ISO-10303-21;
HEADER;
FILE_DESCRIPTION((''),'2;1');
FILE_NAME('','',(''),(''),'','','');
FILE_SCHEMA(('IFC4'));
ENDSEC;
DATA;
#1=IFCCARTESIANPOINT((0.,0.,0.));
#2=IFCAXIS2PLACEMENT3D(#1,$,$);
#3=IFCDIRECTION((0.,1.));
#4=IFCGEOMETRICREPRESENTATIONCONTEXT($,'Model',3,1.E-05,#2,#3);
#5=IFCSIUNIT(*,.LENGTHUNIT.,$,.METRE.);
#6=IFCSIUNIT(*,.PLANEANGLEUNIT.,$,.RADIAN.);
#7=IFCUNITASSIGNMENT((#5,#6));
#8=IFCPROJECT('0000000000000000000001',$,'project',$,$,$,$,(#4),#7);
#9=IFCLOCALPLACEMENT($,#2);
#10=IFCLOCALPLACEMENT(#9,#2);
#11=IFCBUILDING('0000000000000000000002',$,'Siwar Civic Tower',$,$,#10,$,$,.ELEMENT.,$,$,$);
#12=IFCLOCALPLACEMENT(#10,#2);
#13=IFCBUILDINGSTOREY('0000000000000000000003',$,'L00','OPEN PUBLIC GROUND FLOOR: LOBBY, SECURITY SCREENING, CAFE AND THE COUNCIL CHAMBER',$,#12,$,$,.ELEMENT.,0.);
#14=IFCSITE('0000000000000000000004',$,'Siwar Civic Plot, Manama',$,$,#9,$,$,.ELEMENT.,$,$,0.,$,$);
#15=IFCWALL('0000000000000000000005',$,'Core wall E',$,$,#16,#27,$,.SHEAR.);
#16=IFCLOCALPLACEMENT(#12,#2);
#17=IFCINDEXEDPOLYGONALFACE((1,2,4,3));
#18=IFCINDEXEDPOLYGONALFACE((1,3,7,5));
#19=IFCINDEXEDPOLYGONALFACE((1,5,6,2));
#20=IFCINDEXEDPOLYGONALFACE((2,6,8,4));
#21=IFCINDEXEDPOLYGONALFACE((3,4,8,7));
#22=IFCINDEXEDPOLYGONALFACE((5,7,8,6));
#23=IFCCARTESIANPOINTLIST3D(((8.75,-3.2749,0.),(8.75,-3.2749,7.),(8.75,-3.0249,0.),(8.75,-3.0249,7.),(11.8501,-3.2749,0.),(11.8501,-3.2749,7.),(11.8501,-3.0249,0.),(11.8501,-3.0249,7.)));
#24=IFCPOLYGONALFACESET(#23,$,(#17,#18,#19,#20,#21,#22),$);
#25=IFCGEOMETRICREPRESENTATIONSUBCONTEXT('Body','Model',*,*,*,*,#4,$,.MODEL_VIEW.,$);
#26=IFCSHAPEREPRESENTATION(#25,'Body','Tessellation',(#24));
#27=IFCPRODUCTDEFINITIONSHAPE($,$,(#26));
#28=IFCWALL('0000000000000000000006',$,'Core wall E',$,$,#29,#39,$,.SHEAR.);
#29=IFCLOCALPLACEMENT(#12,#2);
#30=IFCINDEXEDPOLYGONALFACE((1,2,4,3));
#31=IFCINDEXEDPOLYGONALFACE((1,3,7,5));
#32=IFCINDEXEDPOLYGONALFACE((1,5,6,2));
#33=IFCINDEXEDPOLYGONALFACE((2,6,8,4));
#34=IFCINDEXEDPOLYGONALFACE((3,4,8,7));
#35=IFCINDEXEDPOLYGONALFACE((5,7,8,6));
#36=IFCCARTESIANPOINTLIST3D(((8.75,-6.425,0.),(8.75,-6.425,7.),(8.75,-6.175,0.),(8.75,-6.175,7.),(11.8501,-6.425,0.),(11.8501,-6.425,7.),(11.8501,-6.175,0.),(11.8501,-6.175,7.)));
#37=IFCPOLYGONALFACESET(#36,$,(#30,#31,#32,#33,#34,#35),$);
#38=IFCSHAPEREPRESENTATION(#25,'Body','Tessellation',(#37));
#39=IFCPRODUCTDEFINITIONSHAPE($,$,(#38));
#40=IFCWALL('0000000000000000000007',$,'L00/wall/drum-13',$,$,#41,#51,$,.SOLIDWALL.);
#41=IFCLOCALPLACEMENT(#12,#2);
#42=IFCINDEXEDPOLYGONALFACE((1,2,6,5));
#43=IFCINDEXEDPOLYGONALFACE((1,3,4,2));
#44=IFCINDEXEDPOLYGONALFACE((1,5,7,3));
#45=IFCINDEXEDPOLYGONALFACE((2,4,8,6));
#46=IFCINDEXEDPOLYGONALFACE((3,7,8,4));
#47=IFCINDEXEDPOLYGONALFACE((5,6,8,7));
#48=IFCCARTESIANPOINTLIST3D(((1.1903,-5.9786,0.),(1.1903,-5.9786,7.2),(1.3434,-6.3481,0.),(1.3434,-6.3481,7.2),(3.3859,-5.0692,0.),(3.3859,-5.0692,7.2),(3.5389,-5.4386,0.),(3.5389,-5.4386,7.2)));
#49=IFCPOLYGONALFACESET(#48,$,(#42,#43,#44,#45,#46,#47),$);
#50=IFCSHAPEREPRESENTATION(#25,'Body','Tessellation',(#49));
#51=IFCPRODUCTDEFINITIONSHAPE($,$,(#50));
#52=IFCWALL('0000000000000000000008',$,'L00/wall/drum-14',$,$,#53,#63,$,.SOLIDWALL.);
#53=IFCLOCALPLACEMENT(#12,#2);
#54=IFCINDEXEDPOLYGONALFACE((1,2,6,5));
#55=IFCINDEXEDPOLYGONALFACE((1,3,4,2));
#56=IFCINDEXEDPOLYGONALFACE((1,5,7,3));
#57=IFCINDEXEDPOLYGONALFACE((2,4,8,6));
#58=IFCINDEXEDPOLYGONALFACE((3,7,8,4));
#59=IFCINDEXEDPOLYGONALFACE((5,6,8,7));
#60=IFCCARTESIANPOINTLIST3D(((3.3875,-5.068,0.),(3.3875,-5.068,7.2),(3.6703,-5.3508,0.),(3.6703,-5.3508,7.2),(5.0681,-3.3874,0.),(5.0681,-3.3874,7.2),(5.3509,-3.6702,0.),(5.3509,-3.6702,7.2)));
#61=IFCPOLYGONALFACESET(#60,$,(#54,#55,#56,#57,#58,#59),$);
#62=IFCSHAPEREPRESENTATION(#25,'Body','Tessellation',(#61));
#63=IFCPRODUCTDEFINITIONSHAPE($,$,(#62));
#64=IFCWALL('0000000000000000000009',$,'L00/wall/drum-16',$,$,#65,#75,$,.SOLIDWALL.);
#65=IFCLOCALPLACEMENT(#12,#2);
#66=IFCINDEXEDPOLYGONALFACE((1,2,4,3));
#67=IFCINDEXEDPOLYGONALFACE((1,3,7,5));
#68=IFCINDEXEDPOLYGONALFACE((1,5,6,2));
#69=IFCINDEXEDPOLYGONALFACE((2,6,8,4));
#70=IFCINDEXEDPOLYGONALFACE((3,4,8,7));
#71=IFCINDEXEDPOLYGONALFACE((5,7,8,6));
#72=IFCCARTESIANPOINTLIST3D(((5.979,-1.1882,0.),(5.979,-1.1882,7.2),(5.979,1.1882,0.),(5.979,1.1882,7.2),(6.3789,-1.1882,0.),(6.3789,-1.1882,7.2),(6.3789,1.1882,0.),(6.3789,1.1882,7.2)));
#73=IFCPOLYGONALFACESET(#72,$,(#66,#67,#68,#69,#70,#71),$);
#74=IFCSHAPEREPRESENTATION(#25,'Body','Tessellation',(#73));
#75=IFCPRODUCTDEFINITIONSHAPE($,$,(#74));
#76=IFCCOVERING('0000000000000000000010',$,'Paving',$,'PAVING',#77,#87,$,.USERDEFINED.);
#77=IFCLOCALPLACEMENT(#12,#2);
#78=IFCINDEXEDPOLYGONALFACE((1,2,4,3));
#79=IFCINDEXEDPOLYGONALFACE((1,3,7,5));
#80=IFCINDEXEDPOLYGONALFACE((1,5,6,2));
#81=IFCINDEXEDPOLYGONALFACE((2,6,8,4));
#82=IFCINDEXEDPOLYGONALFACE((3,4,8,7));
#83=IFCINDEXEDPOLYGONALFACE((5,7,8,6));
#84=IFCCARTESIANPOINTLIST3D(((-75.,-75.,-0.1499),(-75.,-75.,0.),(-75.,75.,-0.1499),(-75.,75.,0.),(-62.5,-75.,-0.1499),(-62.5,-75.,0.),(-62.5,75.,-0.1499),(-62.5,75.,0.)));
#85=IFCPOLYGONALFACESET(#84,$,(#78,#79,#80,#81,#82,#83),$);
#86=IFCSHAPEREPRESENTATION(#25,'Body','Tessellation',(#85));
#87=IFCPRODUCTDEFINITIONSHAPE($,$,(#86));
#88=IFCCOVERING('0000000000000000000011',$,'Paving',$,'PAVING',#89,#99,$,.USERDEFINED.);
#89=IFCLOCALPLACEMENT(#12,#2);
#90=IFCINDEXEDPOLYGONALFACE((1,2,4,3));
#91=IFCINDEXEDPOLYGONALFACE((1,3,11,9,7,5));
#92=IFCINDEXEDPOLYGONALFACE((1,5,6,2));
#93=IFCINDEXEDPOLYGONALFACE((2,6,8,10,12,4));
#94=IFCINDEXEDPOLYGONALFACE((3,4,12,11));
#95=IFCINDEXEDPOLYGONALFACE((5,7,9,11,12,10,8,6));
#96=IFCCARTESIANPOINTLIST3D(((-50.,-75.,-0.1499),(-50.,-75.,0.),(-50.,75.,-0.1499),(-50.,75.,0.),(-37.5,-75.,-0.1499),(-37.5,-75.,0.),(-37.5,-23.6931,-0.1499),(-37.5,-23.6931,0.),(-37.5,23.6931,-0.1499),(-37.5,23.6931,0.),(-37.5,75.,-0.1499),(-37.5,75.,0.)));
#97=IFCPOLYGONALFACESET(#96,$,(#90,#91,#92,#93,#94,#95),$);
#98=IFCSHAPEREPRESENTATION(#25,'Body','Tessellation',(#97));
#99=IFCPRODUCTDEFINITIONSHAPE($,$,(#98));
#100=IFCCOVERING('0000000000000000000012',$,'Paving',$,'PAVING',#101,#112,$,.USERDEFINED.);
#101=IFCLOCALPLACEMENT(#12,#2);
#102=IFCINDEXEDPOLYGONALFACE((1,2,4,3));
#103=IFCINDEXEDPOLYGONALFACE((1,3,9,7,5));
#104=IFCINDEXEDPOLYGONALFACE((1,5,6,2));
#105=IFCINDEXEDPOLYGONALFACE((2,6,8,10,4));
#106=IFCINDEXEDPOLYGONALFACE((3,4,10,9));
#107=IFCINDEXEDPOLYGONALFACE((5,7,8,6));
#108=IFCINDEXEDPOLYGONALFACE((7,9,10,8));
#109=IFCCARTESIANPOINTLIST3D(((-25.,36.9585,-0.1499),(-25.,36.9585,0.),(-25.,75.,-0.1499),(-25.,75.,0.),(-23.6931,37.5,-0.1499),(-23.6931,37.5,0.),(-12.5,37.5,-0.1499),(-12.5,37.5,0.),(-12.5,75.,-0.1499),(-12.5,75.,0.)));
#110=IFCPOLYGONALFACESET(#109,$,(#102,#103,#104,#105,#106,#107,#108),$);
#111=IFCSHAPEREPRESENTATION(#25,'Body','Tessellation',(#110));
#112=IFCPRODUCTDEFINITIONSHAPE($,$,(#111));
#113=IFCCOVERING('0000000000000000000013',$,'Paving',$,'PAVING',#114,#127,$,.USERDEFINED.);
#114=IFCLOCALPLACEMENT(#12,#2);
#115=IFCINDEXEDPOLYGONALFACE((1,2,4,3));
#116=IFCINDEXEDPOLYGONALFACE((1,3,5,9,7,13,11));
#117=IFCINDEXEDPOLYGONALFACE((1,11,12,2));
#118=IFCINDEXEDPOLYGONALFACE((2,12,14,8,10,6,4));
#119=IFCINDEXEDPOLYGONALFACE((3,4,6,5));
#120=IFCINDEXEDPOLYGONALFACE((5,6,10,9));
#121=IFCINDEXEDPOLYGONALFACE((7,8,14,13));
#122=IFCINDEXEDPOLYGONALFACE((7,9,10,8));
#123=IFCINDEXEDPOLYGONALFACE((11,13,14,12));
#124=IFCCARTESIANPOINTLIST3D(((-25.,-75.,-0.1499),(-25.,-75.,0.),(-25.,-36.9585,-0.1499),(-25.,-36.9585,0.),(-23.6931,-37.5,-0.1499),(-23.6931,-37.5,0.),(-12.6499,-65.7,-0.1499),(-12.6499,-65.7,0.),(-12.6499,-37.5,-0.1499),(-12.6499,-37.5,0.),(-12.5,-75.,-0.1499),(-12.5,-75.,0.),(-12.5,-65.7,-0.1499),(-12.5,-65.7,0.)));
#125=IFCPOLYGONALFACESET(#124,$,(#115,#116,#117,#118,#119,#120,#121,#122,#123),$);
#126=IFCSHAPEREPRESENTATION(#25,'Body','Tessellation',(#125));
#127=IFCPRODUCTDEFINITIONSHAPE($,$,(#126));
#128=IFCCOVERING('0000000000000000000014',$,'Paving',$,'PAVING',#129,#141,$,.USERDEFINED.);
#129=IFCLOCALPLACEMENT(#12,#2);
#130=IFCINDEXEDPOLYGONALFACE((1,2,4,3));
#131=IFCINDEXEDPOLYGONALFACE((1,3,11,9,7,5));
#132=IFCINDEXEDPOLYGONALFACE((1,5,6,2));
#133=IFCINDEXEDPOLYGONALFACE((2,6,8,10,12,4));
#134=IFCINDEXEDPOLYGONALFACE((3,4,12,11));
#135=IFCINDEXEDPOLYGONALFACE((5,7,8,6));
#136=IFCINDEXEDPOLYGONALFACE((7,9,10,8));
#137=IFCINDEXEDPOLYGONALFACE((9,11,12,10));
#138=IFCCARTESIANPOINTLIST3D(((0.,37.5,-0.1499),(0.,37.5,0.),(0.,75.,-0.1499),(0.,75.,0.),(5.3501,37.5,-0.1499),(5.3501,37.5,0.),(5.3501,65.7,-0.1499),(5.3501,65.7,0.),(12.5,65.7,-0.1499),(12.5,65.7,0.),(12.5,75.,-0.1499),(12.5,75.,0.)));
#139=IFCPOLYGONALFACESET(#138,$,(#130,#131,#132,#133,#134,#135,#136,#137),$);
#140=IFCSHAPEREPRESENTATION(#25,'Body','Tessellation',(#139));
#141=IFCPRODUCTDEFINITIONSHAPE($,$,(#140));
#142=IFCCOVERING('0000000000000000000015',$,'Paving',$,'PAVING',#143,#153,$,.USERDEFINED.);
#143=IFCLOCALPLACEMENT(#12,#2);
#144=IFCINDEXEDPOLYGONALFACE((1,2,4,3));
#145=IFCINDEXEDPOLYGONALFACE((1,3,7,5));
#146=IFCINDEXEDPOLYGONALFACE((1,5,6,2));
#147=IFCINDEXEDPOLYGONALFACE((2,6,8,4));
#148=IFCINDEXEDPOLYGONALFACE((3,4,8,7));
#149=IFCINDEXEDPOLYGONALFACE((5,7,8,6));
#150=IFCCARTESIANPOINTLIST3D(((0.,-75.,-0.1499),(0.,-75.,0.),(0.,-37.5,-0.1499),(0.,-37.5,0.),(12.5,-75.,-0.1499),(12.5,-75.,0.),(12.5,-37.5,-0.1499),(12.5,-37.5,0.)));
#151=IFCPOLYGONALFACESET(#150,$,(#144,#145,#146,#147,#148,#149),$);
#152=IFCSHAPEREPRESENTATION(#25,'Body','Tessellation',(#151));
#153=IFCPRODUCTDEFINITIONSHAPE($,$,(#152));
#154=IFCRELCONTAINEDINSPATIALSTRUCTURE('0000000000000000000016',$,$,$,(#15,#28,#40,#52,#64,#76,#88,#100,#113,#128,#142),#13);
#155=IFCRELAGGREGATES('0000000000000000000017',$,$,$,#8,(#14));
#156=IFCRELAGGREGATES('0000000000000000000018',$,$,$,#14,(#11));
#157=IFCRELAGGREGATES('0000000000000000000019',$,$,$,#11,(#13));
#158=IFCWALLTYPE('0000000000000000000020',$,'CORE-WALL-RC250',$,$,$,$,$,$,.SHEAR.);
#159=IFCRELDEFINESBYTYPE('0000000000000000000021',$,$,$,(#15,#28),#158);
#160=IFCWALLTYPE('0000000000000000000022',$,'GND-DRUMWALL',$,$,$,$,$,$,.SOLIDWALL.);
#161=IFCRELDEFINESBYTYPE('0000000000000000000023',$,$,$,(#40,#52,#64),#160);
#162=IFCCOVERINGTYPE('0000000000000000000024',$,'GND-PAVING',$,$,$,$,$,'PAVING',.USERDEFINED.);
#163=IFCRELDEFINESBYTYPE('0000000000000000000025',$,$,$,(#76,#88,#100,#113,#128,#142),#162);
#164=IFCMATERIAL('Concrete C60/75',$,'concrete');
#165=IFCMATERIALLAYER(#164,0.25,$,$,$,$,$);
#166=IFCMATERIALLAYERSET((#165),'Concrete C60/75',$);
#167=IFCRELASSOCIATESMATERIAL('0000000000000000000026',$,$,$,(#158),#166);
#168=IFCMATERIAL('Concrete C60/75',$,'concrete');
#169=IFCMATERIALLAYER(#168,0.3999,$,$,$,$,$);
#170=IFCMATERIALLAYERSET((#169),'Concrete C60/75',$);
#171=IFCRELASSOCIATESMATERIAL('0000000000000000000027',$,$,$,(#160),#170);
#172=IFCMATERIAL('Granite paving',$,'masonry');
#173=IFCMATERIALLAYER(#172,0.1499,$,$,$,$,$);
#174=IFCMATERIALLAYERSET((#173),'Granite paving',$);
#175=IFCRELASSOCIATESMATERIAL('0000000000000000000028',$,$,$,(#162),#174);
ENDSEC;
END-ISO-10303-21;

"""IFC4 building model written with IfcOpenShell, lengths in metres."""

from ifc_helpers import new_model, si_unit, direction, frame, frame_2d, origin, place, context, subcontext, project, spatial, polyline, rectangle, outline, extrude, material, layer, layer_set, type_object, element, save


model = new_model("IFC4")

# Units and contexts
model_context = context("Model", 3, precision=1e-05, world=origin(), true_north=direction((0.0, 1.0)))
body_context = subcontext(model_context, "Body", "Model", "MODEL_VIEW")
ifc_project = project(units=[si_unit("LENGTHUNIT", "METRE"), si_unit("PLANEANGLEUNIT", "RADIAN")], contexts=[model_context])

# Site, building, storey
site_placement = place(None, origin())
site = spatial("IfcSite", under=ifc_project, at=site_placement, Name="Siwar Civic Plot, Manama", CompositionType="ELEMENT", RefElevation=0.0)
building_placement = place(site_placement, origin())
building = spatial("IfcBuilding", under=site, at=building_placement, Name="Siwar Civic Tower", CompositionType="ELEMENT")
storey_placement = place(building_placement, origin())
storey = spatial("IfcBuildingStorey", under=building, at=storey_placement, Name="L00", Description="OPEN PUBLIC GROUND FLOOR: LOBBY, SECURITY SCREENING, CAFE AND THE COUNCIL CHAMBER", CompositionType="ELEMENT", Elevation=0.0)

# Shared definitions
ifc_material_1 = material(Name="Concrete C60/75", Category="concrete")
ifc_layer_1 = layer(ifc_material_1, 0.25)
ifc_layer_set_1 = layer_set([ifc_layer_1], Name="Concrete C60/75")
wall_type_1 = type_object("IfcWallType", Name="CORE-WALL-RC250", PredefinedType="SHEAR", material=ifc_layer_set_1)

# Walls
for number, where, z_axis, x_axis, name in (
    (1, (8.75, -3.1499, 0.0), (0.0, 0.0, 1.0), (1.0, 0.0, 0.0), "Core wall E"),
    (2, (8.75, -6.3, 0.0), (0.0, 0.0, 1.0), (1.0, 0.0, 0.0), "Core wall E"),
):
    element("IfcWall", number, at=place(storey_placement, frame(where, z_axis=z_axis, x_axis=x_axis)), inside=storey, type_object=wall_type_1, Name=name, PredefinedType="SHEAR", context=body_context, shape_type="SweptSolid", body=[
        extrude(rectangle(XDim=3.1001, YDim=0.25, at=frame_2d((1.55, 0.0))), origin(), (0.0, 0.0, 1.0), 7.0),
    ])
ifc_material_2 = material(Name="Concrete C60/75", Category="concrete")
ifc_layer_2 = layer(ifc_material_2, 0.3999)
ifc_layer_set_2 = layer_set([ifc_layer_2], Name="Concrete C60/75")
wall_type_2 = type_object("IfcWallType", Name="GND-DRUMWALL", PredefinedType="SOLIDWALL", material=ifc_layer_set_2)
wall_1_placement = place(storey_placement, frame((1.2668, -6.1633, 0.0), z_axis=(0.0, 0.0, 1.0), x_axis=(0.92388, 0.382681, 0.0)))
element("IfcWall", 3, at=wall_1_placement, inside=storey, type_object=wall_type_2, Name="L00/wall/drum-13", PredefinedType="SOLIDWALL", context=body_context, shape_type="SweptSolid", body=[
    extrude(rectangle(XDim=2.3765, YDim=0.3999, at=frame_2d((1.1882, 0.0))), origin(), (0.0, 0.0, 1.0), 7.2),
])
wall_2_placement = place(storey_placement, frame((3.5288, -5.2095, 0.0), z_axis=(0.0, 0.0, 1.0), x_axis=(0.707107, 0.707107, 0.0)))
element("IfcWall", 4, at=wall_2_placement, inside=storey, type_object=wall_type_2, Name="L00/wall/drum-14", PredefinedType="SOLIDWALL", context=body_context, shape_type="SweptSolid", body=[
    extrude(rectangle(XDim=2.3767, YDim=0.3999, at=frame_2d((1.1885, 0.0))), origin(), (0.0, 0.0, 1.0), 7.2),
])

# Wall
wall_3_placement = place(storey_placement, frame((6.179, -1.1882, 0.0), z_axis=(0.0, 0.0, 1.0), x_axis=(0.0, 1.0, 0.0)))
element("IfcWall", 5, at=wall_3_placement, inside=storey, type_object=wall_type_2, Name="L00/wall/drum-16", PredefinedType="SOLIDWALL", context=body_context, shape_type="SweptSolid", body=[
    extrude(rectangle(XDim=2.3765, YDim=0.3999, at=frame_2d((1.1882, 0.0))), origin(), (0.0, 0.0, 1.0), 7.2),
])

# Coverings
ifc_material_3 = material(Name="Granite paving", Category="masonry")
ifc_layer_3 = layer(ifc_material_3, 0.1499)
ifc_layer_set_3 = layer_set([ifc_layer_3], Name="Granite paving")
covering_type_1 = type_object("IfcCoveringType", Name="GND-PAVING", ElementType="PAVING", PredefinedType="USERDEFINED", material=ifc_layer_set_3)
covering_1_placement = place(storey_placement, frame((0.0, 0.0, -0.1499)))
element("IfcCovering", 6, at=covering_1_placement, inside=storey, type_object=covering_type_1, Name="Paving", ObjectType="PAVING", PredefinedType="USERDEFINED", context=body_context, shape_type="SweptSolid", body=[
    extrude(outline(polyline([(-62.5, 75.0), (-62.5, -75.0), (-75.0, -75.0), (-75.0, 75.0), (-62.5, 75.0)])), origin(), (0.0, 0.0, 1.0), 0.1499),
])
covering_2_placement = place(storey_placement, frame((0.0, 0.0, -0.1499)))
element("IfcCovering", 7, at=covering_2_placement, inside=storey, type_object=covering_type_1, Name="Paving", ObjectType="PAVING", PredefinedType="USERDEFINED", context=body_context, shape_type="SweptSolid", body=[
    extrude(outline(polyline([(-37.5, 75.0), (-37.5, 23.6931), (-37.5, -23.6931), (-37.5, -75.0), (-50.0, -75.0), (-50.0, 75.0), (-37.5, 75.0)])), origin(), (0.0, 0.0, 1.0), 0.1499),
])
covering_3_placement = place(storey_placement, frame((0.0, 0.0, -0.1499)))
element("IfcCovering", 8, at=covering_3_placement, inside=storey, type_object=covering_type_1, Name="Paving", ObjectType="PAVING", PredefinedType="USERDEFINED", context=body_context, shape_type="SweptSolid", body=[
    extrude(outline(polyline([(-12.5, 75.0), (-12.5, 37.5), (-23.6931, 37.5), (-25.0, 36.9585), (-25.0, 75.0), (-12.5, 75.0)])), origin(), (0.0, 0.0, 1.0), 0.1499),
])
covering_4_placement = place(storey_placement, frame((0.0, 0.0, -0.1499)))
element("IfcCovering", 9, at=covering_4_placement, inside=storey, type_object=covering_type_1, Name="Paving", ObjectType="PAVING", PredefinedType="USERDEFINED", context=body_context, shape_type="SweptSolid", body=[
    extrude(outline(polyline([(-25.0, -75.0), (-25.0, -36.9585), (-23.6931, -37.5), (-12.6499, -37.5), (-12.6499, -65.7), (-12.5, -65.7), (-12.5, -75.0), (-25.0, -75.0)])), origin(), (0.0, 0.0, 1.0), 0.1499),
])
covering_5_placement = place(storey_placement, frame((0.0, 0.0, -0.1499)))
element("IfcCovering", 10, at=covering_5_placement, inside=storey, type_object=covering_type_1, Name="Paving", ObjectType="PAVING", PredefinedType="USERDEFINED", context=body_context, shape_type="SweptSolid", body=[
    extrude(outline(polyline([(12.5, 75.0), (12.5, 65.7), (5.3501, 65.7), (5.3501, 37.5), (0.0, 37.5), (0.0, 75.0), (12.5, 75.0)])), origin(), (0.0, 0.0, 1.0), 0.1499),
])
covering_6_placement = place(storey_placement, frame((0.0, 0.0, -0.1499)))
element("IfcCovering", 11, at=covering_6_placement, inside=storey, type_object=covering_type_1, Name="Paving", ObjectType="PAVING", PredefinedType="USERDEFINED", context=body_context, shape_type="SweptSolid", body=[
    extrude(outline(polyline([(0.0, -75.0), (0.0, -37.5), (12.5, -37.5), (12.5, -75.0), (0.0, -75.0)])), origin(), (0.0, 0.0, 1.0), 0.1499),
])

save(model, "model.ifc")
